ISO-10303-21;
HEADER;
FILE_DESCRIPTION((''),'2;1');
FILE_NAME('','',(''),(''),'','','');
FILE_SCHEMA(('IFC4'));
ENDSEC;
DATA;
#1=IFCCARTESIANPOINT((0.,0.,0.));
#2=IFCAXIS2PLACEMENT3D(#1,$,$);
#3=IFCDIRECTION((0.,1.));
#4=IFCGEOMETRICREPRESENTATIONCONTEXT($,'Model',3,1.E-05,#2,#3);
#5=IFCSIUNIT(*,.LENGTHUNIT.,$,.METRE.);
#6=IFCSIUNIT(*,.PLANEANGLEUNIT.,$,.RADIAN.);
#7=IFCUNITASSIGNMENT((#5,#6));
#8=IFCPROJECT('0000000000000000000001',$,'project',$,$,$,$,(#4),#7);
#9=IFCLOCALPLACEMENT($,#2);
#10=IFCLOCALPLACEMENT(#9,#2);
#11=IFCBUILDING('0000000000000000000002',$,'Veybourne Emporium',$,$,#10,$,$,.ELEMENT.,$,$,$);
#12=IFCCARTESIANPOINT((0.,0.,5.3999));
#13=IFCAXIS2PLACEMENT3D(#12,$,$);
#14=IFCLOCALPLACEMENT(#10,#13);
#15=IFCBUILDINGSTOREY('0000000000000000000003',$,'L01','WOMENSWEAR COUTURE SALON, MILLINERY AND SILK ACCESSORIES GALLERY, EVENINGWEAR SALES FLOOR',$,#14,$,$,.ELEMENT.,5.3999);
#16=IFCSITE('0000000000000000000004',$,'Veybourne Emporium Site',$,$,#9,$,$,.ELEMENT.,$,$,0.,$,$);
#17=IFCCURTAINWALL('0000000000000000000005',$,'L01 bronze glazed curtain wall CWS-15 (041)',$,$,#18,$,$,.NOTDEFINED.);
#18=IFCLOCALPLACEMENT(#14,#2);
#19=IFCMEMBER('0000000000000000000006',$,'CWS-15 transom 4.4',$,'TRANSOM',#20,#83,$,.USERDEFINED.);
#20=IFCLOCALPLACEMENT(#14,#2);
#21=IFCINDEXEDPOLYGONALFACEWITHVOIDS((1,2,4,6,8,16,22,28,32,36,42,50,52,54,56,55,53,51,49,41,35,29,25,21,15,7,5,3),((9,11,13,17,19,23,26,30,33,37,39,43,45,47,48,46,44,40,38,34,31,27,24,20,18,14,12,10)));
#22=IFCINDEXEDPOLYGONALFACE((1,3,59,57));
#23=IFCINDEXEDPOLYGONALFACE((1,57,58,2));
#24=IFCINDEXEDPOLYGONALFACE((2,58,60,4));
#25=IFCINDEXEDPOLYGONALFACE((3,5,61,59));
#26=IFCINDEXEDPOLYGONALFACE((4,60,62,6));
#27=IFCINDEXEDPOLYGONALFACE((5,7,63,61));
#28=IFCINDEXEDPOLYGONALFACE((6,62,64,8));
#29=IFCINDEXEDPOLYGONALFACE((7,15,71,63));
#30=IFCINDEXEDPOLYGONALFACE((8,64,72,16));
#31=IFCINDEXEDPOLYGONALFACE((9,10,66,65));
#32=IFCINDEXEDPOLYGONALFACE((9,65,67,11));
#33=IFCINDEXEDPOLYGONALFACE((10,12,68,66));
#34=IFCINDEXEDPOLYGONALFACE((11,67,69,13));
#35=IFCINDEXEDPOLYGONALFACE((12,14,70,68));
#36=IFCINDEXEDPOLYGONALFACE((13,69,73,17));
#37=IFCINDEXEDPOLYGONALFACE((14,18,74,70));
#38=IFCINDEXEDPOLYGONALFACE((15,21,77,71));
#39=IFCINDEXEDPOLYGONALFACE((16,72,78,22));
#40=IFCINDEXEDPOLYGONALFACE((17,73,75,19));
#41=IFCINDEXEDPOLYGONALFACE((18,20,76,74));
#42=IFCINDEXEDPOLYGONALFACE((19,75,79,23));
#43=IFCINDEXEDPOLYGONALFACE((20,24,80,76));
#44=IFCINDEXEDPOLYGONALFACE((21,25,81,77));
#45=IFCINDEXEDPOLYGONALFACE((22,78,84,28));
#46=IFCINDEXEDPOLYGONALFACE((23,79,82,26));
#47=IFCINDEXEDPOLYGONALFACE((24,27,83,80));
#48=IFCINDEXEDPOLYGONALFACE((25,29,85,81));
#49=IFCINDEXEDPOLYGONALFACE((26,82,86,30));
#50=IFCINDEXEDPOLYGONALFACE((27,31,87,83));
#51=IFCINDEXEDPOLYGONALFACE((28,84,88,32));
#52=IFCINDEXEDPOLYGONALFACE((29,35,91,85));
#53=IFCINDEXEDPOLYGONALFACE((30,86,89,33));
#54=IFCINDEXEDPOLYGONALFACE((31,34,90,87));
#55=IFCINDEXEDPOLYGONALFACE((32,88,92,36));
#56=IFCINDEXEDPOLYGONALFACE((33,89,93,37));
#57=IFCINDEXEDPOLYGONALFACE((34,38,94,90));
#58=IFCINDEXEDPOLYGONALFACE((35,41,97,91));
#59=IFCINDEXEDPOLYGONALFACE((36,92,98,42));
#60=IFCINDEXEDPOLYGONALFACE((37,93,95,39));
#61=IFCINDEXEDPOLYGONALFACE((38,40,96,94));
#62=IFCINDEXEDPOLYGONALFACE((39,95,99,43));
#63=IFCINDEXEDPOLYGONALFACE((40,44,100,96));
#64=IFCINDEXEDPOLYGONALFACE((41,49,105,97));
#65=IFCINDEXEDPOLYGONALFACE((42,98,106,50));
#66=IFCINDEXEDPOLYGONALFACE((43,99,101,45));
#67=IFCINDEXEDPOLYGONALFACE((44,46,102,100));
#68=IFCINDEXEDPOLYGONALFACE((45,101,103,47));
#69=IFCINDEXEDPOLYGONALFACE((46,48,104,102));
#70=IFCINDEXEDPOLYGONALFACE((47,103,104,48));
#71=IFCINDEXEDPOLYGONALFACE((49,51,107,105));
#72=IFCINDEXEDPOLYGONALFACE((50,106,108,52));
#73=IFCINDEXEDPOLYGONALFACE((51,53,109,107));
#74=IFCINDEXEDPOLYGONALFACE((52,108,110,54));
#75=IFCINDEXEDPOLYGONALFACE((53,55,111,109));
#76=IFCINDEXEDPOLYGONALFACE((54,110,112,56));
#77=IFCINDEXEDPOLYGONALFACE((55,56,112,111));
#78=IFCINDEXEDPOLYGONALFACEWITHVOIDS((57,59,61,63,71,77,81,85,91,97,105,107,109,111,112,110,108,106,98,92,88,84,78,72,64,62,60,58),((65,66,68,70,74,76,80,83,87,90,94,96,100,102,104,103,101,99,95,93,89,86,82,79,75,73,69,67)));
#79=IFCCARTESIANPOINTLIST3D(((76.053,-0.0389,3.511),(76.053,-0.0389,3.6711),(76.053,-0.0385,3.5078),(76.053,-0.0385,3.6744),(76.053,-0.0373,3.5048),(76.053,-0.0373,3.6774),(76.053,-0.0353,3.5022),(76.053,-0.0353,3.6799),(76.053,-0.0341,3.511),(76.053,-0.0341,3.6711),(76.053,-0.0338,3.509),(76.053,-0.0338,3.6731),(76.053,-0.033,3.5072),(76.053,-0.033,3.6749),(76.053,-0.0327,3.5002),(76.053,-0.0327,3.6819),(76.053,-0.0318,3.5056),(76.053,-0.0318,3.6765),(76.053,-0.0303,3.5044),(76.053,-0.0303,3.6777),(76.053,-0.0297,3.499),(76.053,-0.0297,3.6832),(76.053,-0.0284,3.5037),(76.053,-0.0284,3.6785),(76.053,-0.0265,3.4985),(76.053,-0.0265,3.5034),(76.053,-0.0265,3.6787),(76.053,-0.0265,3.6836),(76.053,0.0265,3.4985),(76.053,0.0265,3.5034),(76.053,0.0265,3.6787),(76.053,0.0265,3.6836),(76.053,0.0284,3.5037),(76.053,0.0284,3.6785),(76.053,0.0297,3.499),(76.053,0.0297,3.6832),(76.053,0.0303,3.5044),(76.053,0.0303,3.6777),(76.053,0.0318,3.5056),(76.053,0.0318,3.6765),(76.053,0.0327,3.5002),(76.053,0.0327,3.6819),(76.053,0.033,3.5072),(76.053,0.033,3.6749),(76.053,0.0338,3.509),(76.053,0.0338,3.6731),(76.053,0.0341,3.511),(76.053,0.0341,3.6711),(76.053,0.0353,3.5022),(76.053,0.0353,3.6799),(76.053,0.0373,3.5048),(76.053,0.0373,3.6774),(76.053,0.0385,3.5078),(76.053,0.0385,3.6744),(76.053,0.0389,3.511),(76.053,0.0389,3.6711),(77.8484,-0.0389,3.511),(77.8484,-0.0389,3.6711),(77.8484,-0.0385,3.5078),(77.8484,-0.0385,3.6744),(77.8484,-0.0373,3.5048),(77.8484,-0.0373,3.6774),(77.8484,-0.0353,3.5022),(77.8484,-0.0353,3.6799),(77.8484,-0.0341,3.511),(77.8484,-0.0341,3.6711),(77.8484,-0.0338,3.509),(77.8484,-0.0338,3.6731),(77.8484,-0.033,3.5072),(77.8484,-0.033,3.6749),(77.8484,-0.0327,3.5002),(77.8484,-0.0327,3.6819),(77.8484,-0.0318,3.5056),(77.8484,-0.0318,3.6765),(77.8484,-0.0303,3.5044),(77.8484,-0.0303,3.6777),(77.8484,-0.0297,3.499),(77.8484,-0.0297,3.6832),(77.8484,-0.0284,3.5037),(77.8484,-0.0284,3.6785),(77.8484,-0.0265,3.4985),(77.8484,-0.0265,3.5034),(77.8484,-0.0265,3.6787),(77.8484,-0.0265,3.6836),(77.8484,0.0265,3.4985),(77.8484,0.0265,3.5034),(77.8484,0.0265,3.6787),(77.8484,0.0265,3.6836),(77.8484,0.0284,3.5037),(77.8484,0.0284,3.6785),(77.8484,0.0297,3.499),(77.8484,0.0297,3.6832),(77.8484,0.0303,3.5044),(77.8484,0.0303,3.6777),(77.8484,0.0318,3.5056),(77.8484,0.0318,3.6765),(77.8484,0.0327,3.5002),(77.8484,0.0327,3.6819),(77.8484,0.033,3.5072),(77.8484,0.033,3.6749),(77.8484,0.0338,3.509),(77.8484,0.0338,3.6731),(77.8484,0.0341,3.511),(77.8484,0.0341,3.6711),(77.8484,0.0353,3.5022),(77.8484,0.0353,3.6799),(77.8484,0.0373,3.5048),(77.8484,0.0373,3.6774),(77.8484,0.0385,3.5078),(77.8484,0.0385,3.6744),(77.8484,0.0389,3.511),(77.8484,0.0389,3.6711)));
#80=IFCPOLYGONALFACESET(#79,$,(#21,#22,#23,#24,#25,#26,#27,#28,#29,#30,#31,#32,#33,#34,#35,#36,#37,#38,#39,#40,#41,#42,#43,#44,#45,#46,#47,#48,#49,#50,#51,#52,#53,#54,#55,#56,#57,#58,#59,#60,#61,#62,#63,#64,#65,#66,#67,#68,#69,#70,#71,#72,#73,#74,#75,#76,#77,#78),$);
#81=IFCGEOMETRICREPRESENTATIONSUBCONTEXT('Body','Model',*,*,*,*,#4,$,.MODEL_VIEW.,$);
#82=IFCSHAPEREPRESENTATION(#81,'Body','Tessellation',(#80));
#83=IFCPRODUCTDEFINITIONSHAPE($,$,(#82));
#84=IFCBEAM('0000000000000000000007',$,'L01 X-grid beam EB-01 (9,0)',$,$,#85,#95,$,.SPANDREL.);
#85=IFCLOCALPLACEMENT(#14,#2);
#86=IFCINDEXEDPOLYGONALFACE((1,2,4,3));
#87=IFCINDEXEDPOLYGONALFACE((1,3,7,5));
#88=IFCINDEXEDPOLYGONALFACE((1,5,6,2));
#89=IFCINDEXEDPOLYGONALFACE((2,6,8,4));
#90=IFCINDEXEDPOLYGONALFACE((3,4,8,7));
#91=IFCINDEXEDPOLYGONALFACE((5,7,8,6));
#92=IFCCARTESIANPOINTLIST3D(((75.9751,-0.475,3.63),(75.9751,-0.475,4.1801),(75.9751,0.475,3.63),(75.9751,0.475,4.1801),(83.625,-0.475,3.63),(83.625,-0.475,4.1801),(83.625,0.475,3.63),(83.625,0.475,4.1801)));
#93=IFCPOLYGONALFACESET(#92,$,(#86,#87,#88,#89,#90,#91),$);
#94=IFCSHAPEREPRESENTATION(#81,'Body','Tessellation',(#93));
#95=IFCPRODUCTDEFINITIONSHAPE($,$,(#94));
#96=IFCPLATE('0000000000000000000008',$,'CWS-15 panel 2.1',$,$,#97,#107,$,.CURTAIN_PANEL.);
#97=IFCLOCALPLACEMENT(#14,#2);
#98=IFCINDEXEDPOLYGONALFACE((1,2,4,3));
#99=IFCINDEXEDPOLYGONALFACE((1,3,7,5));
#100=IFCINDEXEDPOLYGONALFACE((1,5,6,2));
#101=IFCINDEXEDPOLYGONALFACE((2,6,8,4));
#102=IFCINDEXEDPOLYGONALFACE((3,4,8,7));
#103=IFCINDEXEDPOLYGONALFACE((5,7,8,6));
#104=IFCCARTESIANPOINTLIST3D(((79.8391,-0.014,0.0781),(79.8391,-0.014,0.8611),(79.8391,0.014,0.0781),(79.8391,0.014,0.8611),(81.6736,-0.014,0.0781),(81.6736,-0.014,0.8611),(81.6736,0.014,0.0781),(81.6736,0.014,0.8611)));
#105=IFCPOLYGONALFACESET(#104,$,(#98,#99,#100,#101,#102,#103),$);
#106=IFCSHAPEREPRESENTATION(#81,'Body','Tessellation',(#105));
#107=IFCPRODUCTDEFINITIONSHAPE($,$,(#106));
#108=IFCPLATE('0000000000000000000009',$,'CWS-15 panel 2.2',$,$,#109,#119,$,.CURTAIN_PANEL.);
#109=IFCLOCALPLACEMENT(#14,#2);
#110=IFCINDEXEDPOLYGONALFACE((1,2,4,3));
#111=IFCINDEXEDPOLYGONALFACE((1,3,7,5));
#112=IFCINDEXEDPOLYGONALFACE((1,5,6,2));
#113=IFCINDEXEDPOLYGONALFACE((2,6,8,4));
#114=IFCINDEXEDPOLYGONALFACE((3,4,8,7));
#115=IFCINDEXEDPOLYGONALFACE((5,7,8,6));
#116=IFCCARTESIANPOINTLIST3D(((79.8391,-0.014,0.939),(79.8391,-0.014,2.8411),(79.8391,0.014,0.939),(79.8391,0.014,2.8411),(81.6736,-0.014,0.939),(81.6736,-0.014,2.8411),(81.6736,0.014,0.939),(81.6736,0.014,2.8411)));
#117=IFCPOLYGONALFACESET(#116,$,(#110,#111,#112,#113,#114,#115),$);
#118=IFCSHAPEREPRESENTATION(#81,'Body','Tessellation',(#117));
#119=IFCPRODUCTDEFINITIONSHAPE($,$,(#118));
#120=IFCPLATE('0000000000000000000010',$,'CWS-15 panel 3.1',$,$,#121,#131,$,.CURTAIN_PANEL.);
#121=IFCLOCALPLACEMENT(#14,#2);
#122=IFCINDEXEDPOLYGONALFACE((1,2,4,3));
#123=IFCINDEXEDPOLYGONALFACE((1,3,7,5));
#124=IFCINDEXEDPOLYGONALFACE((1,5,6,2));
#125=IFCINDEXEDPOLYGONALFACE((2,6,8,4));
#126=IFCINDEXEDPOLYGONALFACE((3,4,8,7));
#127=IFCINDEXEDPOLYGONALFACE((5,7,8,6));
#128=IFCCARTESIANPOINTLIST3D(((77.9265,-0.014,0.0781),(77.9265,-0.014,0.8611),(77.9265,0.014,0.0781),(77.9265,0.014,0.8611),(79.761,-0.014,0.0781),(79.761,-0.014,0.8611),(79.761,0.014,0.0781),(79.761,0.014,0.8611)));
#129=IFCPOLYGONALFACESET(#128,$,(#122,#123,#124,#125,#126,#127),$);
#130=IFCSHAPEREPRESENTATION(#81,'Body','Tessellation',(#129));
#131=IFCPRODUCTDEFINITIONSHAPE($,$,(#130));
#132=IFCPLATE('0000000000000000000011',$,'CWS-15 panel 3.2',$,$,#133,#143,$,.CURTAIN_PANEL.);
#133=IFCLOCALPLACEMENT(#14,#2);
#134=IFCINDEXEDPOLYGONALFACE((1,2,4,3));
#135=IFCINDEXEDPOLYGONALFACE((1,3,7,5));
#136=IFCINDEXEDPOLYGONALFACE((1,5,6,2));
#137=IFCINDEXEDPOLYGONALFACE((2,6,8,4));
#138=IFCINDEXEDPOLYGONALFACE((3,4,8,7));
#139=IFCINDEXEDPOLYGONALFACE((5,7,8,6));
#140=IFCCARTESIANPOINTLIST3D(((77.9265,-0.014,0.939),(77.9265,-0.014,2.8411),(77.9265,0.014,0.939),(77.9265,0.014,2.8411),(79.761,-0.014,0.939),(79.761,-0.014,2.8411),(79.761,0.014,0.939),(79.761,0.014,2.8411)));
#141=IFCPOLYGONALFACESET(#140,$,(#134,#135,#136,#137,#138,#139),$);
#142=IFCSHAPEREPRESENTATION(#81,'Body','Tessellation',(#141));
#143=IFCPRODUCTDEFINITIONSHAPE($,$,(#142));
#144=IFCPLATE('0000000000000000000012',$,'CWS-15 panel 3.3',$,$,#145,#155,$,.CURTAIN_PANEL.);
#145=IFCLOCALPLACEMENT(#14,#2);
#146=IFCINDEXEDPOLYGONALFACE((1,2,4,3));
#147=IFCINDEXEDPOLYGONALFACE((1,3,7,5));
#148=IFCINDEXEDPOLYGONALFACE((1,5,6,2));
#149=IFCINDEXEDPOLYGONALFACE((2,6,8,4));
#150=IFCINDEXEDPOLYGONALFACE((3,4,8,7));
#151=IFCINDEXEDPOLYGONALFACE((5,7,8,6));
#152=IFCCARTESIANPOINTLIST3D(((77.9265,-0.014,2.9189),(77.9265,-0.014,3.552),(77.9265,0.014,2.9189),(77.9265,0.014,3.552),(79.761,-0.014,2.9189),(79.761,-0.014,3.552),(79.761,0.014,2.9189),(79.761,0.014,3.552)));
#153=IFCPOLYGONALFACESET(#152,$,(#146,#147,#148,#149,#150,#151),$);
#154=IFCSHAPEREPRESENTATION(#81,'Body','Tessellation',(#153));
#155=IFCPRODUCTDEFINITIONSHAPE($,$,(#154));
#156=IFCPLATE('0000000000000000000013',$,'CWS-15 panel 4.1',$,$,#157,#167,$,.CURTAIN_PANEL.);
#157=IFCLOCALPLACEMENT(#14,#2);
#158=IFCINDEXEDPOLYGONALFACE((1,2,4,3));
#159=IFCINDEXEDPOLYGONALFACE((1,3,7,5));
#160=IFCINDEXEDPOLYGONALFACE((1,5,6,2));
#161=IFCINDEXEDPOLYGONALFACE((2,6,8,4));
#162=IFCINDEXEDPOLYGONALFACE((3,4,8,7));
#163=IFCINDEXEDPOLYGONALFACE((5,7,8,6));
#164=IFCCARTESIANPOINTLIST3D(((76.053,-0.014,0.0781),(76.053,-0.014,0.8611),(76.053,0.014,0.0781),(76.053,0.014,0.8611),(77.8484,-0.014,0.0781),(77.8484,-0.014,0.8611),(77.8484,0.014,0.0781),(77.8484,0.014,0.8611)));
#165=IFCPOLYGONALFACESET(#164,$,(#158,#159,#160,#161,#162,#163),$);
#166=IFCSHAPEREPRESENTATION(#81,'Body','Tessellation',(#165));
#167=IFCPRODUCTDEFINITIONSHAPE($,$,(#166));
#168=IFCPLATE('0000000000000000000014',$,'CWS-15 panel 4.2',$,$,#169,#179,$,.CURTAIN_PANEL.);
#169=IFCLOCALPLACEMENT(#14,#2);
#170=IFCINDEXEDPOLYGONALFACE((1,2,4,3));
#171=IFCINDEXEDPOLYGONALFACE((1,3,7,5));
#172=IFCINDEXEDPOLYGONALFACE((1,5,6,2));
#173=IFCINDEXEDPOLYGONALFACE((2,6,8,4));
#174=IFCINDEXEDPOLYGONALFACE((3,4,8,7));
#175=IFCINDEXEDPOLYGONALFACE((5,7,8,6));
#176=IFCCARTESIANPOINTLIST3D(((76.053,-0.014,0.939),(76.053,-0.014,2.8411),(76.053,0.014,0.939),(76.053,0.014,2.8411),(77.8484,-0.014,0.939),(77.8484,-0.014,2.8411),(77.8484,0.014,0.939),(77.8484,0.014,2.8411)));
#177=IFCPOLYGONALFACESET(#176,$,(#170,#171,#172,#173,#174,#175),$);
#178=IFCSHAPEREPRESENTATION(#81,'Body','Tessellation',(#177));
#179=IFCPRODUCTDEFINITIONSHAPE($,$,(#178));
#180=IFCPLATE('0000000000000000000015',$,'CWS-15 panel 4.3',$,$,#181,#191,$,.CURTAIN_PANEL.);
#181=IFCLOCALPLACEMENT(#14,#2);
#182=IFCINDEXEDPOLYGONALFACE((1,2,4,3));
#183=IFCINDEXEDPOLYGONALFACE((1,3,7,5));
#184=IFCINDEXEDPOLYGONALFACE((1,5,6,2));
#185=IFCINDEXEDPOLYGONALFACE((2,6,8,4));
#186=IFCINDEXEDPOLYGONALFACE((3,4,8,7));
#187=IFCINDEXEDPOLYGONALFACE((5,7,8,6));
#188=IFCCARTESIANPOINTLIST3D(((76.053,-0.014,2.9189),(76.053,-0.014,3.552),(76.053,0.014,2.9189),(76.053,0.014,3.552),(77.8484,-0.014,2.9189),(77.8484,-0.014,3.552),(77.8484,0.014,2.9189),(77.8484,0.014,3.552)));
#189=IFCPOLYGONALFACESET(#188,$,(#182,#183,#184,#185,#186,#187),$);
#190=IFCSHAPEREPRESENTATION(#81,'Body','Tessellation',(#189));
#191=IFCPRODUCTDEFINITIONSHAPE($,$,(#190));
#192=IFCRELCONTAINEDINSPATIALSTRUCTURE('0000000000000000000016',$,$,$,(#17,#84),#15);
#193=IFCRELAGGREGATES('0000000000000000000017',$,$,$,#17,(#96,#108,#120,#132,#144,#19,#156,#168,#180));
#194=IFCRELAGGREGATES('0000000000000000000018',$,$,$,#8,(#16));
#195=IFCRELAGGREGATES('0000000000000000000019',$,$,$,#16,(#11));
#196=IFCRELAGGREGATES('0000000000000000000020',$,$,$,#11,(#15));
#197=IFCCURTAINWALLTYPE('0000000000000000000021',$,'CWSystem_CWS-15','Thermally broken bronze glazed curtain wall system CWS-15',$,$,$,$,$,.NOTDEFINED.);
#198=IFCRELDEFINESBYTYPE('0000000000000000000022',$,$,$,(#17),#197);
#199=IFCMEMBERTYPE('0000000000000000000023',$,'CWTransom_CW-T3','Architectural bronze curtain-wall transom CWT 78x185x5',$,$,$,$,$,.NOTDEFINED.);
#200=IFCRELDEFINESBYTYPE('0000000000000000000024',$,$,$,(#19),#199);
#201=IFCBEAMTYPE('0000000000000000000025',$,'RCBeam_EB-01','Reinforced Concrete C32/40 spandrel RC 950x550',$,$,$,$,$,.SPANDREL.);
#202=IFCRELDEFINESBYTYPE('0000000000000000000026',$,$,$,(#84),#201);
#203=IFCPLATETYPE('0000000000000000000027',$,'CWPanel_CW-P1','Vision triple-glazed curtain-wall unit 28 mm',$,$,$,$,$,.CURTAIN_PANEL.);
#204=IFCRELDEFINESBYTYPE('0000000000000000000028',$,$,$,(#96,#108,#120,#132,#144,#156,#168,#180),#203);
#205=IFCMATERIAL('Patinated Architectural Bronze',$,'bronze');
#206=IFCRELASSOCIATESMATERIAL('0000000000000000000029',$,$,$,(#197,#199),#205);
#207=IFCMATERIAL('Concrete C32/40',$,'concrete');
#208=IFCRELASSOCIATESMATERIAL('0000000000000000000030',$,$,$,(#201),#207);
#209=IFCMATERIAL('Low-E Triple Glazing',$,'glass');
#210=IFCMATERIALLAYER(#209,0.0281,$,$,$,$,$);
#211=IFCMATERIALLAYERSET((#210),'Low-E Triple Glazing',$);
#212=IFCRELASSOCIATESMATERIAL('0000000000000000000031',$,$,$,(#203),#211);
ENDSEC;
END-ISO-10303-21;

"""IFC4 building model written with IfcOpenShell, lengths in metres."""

from ifc_helpers import new_model, si_unit, direction, frame, origin, origin_2d, place, context, subcontext, project, spatial, rectangle, hollow_rectangle, extrude, material, layer, layer_set, material_profile, profile_set, type_object, element, aggregate, save


model = new_model("IFC4")

# Units and contexts
model_context = context("Model", 3, precision=1e-05, world=origin(), true_north=direction((0.0, 1.0)))
body_context = subcontext(model_context, "Body", "Model", "MODEL_VIEW")
ifc_project = project(units=[si_unit("LENGTHUNIT", "METRE"), si_unit("PLANEANGLEUNIT", "RADIAN")], contexts=[model_context])

# Site, building, storey
site_placement = place(None, origin())
site = spatial("IfcSite", under=ifc_project, at=site_placement, Name="Veybourne Emporium Site", CompositionType="ELEMENT", RefElevation=0.0)
building_placement = place(site_placement, origin())
building = spatial("IfcBuilding", under=site, at=building_placement, Name="Veybourne Emporium", CompositionType="ELEMENT")
storey_placement = place(building_placement, frame((0.0, 0.0, 5.3999)))
storey = spatial("IfcBuildingStorey", under=building, at=storey_placement, Name="L01", Description="WOMENSWEAR COUTURE SALON, MILLINERY AND SILK ACCESSORIES GALLERY, EVENINGWEAR SALES FLOOR", CompositionType="ELEMENT", Elevation=5.3999)

# Curtain wall, member
ifc_material_1 = material(Name="Patinated Architectural Bronze", Category="bronze")
curtain_wall_type = type_object("IfcCurtainWallType", Name="CWSystem_CWS-15", Description="Thermally broken bronze glazed curtain wall system CWS-15", PredefinedType="NOTDEFINED", material=ifc_material_1)
curtain_wall_placement = place(storey_placement, origin())
curtain_wall = element("IfcCurtainWall", 1, at=curtain_wall_placement, inside=storey, type_object=curtain_wall_type, Name="L01 bronze glazed curtain wall CWS-15 (041)", PredefinedType="NOTDEFINED")
ifc_material_profile_1 = material_profile(ifc_material_1, hollow_rectangle(XDim=0.0779, YDim=0.1851, WallThickness=0.0049, InnerFilletRadius=0.0076, OuterFilletRadius=0.0125, at=origin_2d()), Name="CWT 78x185x5")
ifc_profile_set_1 = profile_set([ifc_material_profile_1], Name="Patinated Architectural Bronze")
member_type_1 = type_object("IfcMemberType", Name="CWTransom_CW-T3", Description="Architectural bronze curtain-wall transom CWT 78x185x5", PredefinedType="NOTDEFINED", material=ifc_profile_set_1)
member_1_placement = place(storey_placement, frame((77.8484, 0.0, 3.5911), z_axis=(-1.0, 0.0, 0.0), x_axis=(0.0, -1.0, 0.0)))
member_1 = element("IfcMember", 2, at=member_1_placement, type_object=member_type_1, Name="CWS-15 transom 4.4", ObjectType="TRANSOM", PredefinedType="USERDEFINED", context=body_context, shape_type="SweptSolid", body=[
    extrude(hollow_rectangle(XDim=0.0779, YDim=0.1851, WallThickness=0.0049, InnerFilletRadius=0.0076, OuterFilletRadius=0.0125, at=origin_2d()), origin(), (0.0, 0.0, 1.0), 1.7954),
])

# Beam
ifc_material_2 = material(Name="Concrete C32/40", Category="concrete")
ifc_material_profile_2 = material_profile(ifc_material_2, rectangle(XDim=0.95, YDim=0.55, at=origin_2d()), Name="RC 950x550")
ifc_profile_set_2 = profile_set([ifc_material_profile_2], Name="Concrete C32/40")
beam_type = type_object("IfcBeamType", Name="RCBeam_EB-01", Description="Reinforced Concrete C32/40 spandrel RC 950x550", PredefinedType="SPANDREL", material=ifc_profile_set_2)
beam_placement = place(storey_placement, frame((75.9751, 0.0, 3.905), z_axis=(1.0, 0.0, 0.0), x_axis=(0.0, 1.0, 0.0)))
element("IfcBeam", 3, at=beam_placement, inside=storey, type_object=beam_type, Name="L01 X-grid beam EB-01 (9,0)", PredefinedType="SPANDREL", context=body_context, shape_type="SweptSolid", body=[
    extrude(rectangle(XDim=0.95, YDim=0.55, at=origin_2d()), origin(), (0.0, 0.0, 1.0), 7.6499),
])

# Plates
ifc_material_3 = material(Name="Low-E Triple Glazing", Category="glass")
ifc_layer = layer(ifc_material_3, 0.0281)
ifc_layer_set = layer_set([ifc_layer], Name="Low-E Triple Glazing")
plate_type = type_object("IfcPlateType", Name="CWPanel_CW-P1", Description="Vision triple-glazed curtain-wall unit 28 mm", PredefinedType="CURTAIN_PANEL", material=ifc_layer_set)
plate_1_placement = place(storey_placement, frame((80.7563, 0.0, 0.0781), z_axis=(0.0, 0.0, 1.0), x_axis=(-1.0, 0.0, 0.0)))
plate_1 = element("IfcPlate", 4, at=plate_1_placement, type_object=plate_type, Name="CWS-15 panel 2.1", PredefinedType="CURTAIN_PANEL", context=body_context, shape_type="SweptSolid", body=[
    extrude(rectangle(XDim=1.8345, YDim=0.0281, at=origin_2d()), origin(), (0.0, 0.0, 1.0), 0.783),
])
plate_2_placement = place(storey_placement, frame((80.7563, 0.0, 0.939), z_axis=(0.0, 0.0, 1.0), x_axis=(-1.0, 0.0, 0.0)))
plate_2 = element("IfcPlate", 5, at=plate_2_placement, type_object=plate_type, Name="CWS-15 panel 2.2", PredefinedType="CURTAIN_PANEL", context=body_context, shape_type="SweptSolid", body=[
    extrude(rectangle(XDim=1.8345, YDim=0.0281, at=origin_2d()), origin(), (0.0, 0.0, 1.0), 1.9021),
])
plate_3_placement = place(storey_placement, frame((78.8438, 0.0, 0.0781), z_axis=(0.0, 0.0, 1.0), x_axis=(-1.0, 0.0, 0.0)))
plate_3 = element("IfcPlate", 6, at=plate_3_placement, type_object=plate_type, Name="CWS-15 panel 3.1", PredefinedType="CURTAIN_PANEL", context=body_context, shape_type="SweptSolid", body=[
    extrude(rectangle(XDim=1.8345, YDim=0.0281, at=origin_2d()), origin(), (0.0, 0.0, 1.0), 0.783),
])
plate_4_placement = place(storey_placement, frame((78.8438, 0.0, 0.939), z_axis=(0.0, 0.0, 1.0), x_axis=(-1.0, 0.0, 0.0)))
plate_4 = element("IfcPlate", 7, at=plate_4_placement, type_object=plate_type, Name="CWS-15 panel 3.2", PredefinedType="CURTAIN_PANEL", context=body_context, shape_type="SweptSolid", body=[
    extrude(rectangle(XDim=1.8345, YDim=0.0281, at=origin_2d()), origin(), (0.0, 0.0, 1.0), 1.9021),
])
plate_5_placement = place(storey_placement, frame((78.8438, 0.0, 2.9189), z_axis=(0.0, 0.0, 1.0), x_axis=(-1.0, 0.0, 0.0)))
plate_5 = element("IfcPlate", 8, at=plate_5_placement, type_object=plate_type, Name="CWS-15 panel 3.3", PredefinedType="CURTAIN_PANEL", context=body_context, shape_type="SweptSolid", body=[
    extrude(rectangle(XDim=1.8345, YDim=0.0281, at=origin_2d()), origin(), (0.0, 0.0, 1.0), 0.6331),
])
plate_6_placement = place(storey_placement, frame((76.9507, 0.0, 0.0781), z_axis=(0.0, 0.0, 1.0), x_axis=(-1.0, 0.0, 0.0)))
plate_6 = element("IfcPlate", 9, at=plate_6_placement, type_object=plate_type, Name="CWS-15 panel 4.1", PredefinedType="CURTAIN_PANEL", context=body_context, shape_type="SweptSolid", body=[
    extrude(rectangle(XDim=1.7954, YDim=0.0281, at=origin_2d()), origin(), (0.0, 0.0, 1.0), 0.783),
])
plate_7_placement = place(storey_placement, frame((76.9507, 0.0, 0.939), z_axis=(0.0, 0.0, 1.0), x_axis=(-1.0, 0.0, 0.0)))
plate_7 = element("IfcPlate", 10, at=plate_7_placement, type_object=plate_type, Name="CWS-15 panel 4.2", PredefinedType="CURTAIN_PANEL", context=body_context, shape_type="SweptSolid", body=[
    extrude(rectangle(XDim=1.7954, YDim=0.0281, at=origin_2d()), origin(), (0.0, 0.0, 1.0), 1.9021),
])
plate_8_placement = place(storey_placement, frame((76.9507, 0.0, 2.9189), z_axis=(0.0, 0.0, 1.0), x_axis=(-1.0, 0.0, 0.0)))
plate_8 = element("IfcPlate", 11, at=plate_8_placement, type_object=plate_type, Name="CWS-15 panel 4.3", PredefinedType="CURTAIN_PANEL", context=body_context, shape_type="SweptSolid", body=[
    extrude(rectangle(XDim=1.7954, YDim=0.0281, at=origin_2d()), origin(), (0.0, 0.0, 1.0), 0.6331),
])
aggregate(curtain_wall, [plate_1, plate_2, plate_3, plate_4, plate_5, member_1, plate_6, plate_7, plate_8])

save(model, "model.ifc")
